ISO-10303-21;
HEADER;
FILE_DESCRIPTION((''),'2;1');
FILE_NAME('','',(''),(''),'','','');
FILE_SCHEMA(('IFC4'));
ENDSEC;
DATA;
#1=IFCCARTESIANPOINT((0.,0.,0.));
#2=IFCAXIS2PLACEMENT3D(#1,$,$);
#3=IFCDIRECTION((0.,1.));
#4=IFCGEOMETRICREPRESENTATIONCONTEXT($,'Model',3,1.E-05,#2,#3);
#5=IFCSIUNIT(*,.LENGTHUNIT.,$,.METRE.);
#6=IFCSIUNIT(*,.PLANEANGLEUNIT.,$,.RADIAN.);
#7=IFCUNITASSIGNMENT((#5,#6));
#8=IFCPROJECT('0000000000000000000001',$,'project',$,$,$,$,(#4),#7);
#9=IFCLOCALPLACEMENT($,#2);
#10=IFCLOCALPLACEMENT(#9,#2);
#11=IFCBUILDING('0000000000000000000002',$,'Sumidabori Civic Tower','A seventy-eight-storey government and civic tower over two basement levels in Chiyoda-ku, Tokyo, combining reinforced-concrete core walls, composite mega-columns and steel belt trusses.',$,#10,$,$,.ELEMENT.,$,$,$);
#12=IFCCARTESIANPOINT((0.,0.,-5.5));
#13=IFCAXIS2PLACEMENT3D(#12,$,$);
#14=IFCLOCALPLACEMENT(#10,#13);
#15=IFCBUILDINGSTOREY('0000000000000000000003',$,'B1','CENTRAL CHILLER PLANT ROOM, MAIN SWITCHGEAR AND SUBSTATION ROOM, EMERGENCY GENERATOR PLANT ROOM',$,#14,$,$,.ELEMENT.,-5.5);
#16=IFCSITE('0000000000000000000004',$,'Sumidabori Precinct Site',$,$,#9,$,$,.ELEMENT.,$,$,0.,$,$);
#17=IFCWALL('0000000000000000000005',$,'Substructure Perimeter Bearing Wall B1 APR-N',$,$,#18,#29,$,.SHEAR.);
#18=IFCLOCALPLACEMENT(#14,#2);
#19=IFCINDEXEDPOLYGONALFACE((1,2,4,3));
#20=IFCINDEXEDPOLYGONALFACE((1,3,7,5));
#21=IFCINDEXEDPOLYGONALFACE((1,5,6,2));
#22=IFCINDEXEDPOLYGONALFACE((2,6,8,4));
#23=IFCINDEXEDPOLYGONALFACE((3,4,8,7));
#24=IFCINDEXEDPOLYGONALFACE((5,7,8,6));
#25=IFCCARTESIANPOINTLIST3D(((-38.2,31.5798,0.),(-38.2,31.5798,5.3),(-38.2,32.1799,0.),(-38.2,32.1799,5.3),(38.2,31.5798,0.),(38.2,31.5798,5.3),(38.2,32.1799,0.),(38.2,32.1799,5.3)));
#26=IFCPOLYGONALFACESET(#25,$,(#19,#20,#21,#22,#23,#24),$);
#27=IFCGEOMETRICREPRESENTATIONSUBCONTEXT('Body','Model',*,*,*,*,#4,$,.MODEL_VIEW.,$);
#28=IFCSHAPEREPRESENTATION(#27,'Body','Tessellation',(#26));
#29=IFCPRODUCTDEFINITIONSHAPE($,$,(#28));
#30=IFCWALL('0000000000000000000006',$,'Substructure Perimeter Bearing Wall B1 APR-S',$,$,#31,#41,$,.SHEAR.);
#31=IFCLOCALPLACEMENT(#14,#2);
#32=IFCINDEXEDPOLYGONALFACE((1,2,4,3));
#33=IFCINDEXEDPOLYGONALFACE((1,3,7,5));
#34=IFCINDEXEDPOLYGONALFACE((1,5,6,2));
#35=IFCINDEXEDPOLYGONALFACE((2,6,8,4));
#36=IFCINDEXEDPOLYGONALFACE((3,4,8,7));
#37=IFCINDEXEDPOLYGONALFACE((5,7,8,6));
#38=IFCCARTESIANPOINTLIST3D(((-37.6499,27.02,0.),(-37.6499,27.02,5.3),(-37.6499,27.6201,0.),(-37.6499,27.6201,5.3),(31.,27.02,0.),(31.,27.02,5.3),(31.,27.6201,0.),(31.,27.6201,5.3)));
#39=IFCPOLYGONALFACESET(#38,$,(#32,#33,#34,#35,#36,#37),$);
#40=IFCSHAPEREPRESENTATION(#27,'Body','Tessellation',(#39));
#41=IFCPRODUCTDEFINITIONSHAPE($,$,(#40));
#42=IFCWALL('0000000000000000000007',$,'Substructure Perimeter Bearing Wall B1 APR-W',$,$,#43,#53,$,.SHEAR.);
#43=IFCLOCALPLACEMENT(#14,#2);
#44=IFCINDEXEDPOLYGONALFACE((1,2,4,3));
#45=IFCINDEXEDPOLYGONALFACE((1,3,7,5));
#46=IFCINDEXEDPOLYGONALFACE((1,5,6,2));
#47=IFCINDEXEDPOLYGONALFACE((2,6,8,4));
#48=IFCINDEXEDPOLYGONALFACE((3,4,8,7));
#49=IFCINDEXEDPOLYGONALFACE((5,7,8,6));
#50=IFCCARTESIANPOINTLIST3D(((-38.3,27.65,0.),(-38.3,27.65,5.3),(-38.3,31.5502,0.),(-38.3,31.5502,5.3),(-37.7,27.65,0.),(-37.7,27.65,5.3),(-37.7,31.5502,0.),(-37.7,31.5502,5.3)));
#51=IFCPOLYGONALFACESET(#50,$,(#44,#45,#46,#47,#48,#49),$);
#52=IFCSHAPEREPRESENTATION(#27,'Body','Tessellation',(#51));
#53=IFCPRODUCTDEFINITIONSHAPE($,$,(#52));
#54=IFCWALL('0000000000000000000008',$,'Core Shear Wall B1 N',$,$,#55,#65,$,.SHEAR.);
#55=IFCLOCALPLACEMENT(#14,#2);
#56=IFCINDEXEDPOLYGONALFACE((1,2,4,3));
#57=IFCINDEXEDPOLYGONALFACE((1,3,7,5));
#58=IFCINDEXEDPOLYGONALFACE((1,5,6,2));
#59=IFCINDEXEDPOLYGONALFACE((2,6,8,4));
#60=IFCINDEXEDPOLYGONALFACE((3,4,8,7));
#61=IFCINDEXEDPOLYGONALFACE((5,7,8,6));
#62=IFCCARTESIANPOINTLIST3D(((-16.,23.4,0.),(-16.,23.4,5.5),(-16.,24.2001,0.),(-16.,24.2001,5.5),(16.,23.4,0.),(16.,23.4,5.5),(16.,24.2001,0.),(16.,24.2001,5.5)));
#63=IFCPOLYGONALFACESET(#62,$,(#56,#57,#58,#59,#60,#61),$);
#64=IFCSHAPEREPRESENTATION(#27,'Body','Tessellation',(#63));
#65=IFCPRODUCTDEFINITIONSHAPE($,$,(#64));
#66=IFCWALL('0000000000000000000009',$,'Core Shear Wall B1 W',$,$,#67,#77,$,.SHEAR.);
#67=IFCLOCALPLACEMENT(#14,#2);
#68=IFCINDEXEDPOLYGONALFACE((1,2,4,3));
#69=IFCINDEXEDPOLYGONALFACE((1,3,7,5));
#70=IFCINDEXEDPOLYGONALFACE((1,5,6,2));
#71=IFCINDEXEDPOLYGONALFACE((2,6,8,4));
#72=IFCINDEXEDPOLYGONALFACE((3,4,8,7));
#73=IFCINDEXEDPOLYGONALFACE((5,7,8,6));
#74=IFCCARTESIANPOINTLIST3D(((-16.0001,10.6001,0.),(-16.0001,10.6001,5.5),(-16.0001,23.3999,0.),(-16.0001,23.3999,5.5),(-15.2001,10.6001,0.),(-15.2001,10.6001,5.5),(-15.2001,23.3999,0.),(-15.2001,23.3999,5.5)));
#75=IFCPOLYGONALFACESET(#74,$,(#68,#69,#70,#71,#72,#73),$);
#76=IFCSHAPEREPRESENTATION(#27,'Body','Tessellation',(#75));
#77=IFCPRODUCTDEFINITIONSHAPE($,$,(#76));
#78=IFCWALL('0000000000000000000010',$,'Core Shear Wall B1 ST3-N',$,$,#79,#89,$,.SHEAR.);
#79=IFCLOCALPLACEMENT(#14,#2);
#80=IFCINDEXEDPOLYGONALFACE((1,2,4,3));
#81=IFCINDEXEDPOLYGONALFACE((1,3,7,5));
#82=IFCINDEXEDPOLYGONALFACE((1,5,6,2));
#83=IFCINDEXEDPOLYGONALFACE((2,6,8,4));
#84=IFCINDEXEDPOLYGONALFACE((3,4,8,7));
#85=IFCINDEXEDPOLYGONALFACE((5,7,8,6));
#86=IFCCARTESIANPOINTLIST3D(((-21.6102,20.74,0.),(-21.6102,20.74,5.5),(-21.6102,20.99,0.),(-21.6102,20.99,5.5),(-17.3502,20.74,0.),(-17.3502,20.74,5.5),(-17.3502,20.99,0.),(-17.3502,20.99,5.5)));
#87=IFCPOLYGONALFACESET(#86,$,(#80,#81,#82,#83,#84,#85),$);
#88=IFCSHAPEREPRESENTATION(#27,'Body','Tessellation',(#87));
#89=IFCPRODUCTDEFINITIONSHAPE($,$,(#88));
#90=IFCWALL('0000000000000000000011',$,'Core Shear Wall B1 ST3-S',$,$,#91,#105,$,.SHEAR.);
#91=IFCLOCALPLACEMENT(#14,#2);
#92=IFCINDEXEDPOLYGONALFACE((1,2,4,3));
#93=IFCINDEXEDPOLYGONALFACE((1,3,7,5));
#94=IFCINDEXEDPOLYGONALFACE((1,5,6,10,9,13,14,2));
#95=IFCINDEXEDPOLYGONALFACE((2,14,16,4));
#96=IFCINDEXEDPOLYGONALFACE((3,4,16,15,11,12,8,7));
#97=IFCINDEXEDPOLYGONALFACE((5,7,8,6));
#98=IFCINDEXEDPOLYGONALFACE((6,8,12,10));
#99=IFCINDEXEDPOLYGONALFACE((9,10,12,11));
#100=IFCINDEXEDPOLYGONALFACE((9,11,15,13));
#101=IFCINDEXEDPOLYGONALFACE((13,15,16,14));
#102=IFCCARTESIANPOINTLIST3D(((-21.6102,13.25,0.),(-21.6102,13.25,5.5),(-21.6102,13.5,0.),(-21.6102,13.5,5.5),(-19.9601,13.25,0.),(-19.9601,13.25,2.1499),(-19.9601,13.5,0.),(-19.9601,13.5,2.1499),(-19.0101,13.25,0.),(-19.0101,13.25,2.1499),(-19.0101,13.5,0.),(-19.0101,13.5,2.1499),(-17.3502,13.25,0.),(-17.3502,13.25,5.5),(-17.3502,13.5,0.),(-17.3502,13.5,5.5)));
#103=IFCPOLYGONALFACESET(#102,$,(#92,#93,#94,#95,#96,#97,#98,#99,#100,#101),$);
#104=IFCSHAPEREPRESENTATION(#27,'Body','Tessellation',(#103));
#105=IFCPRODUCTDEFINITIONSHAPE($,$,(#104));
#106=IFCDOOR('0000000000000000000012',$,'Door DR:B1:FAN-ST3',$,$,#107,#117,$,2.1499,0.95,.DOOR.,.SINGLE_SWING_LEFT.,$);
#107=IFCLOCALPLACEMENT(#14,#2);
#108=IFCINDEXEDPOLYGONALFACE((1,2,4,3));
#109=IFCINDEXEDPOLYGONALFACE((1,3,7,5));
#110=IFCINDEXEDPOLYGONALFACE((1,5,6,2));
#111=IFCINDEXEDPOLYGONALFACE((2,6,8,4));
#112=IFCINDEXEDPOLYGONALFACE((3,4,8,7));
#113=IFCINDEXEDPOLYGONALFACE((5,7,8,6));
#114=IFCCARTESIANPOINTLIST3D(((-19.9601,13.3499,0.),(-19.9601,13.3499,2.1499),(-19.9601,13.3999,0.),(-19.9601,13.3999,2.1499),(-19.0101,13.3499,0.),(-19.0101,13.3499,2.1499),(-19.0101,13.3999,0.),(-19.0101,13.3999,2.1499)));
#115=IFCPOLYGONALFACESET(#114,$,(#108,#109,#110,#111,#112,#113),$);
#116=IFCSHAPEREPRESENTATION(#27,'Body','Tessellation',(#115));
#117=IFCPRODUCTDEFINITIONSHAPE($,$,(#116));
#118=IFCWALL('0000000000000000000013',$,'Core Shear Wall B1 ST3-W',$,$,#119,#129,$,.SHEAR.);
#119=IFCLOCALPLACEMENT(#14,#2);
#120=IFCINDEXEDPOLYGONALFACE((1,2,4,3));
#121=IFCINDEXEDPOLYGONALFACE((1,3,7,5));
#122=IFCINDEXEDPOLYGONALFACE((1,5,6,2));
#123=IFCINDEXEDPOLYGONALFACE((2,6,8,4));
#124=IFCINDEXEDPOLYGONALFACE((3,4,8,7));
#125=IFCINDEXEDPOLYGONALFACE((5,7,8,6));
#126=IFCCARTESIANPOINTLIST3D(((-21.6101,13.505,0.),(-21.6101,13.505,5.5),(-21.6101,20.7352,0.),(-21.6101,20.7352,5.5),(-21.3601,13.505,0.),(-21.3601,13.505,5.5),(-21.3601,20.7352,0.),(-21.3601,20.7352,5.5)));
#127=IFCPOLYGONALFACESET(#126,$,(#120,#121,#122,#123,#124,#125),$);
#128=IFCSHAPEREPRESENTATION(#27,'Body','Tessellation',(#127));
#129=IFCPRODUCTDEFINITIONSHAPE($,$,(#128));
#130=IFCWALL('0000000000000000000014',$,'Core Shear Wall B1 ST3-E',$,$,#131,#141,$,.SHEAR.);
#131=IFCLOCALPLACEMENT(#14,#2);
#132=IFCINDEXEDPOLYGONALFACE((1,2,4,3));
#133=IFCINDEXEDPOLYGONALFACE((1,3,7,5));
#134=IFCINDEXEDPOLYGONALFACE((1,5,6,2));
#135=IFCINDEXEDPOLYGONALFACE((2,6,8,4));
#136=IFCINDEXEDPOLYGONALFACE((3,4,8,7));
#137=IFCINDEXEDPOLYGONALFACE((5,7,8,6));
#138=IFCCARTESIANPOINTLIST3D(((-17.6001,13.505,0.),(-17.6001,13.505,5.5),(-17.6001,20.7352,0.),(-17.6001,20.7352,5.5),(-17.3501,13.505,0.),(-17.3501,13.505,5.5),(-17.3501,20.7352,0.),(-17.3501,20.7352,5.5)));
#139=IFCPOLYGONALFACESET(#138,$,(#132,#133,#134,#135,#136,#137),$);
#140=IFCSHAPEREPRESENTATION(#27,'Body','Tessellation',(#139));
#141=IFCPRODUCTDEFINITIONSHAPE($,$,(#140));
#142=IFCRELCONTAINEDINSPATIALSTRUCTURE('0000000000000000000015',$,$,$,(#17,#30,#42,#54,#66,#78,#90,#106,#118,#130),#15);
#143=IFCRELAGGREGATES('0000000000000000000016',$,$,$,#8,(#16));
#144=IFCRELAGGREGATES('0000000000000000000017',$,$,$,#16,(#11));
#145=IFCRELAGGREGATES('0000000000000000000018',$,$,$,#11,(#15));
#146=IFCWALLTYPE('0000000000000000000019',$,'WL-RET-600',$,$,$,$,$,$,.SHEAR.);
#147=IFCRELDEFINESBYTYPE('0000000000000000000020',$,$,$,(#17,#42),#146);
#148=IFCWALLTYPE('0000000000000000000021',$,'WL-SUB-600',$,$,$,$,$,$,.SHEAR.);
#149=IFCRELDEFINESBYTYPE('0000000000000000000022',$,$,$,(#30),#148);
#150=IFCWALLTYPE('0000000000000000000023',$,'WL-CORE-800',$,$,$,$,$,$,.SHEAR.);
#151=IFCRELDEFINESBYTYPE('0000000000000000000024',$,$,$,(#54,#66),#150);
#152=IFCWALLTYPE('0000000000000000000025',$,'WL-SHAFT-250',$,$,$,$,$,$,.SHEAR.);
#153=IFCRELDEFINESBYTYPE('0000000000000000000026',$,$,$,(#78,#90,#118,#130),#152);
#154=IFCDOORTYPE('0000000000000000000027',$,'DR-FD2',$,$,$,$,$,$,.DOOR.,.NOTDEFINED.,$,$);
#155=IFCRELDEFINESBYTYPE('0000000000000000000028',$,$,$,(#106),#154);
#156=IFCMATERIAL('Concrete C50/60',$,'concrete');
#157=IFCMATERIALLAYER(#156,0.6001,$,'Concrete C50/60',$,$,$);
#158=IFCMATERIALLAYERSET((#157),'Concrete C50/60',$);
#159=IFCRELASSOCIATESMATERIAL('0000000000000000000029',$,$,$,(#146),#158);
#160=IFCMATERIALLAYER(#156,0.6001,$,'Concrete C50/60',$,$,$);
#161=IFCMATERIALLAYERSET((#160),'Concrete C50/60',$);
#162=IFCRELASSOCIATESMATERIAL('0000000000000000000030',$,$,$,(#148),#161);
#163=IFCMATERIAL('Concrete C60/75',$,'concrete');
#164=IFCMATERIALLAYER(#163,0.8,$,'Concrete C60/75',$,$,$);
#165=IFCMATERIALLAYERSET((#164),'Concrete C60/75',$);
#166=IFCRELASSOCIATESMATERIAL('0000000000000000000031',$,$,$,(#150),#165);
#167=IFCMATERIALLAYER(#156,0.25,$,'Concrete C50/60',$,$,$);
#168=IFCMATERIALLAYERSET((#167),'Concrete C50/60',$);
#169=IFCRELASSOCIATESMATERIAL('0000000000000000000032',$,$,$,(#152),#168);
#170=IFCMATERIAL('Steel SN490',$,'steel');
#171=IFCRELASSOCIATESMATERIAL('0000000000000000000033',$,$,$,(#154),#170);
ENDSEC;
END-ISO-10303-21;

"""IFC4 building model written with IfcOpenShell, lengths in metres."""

from ifc_helpers import new_model, si_unit, direction, frame, frame_2d, origin, place, context, subcontext, project, spatial, rectangle, extrude, source, transform, mapped, material, layer, layer_set, type_object, element, fill, save


model = new_model("IFC4")

# Units and contexts
model_context = context("Model", 3, precision=1e-05, world=origin(), true_north=direction((0.0, 1.0)))
body_context = subcontext(model_context, "Body", "Model", "MODEL_VIEW")
ifc_project = project(units=[si_unit("LENGTHUNIT", "METRE"), si_unit("PLANEANGLEUNIT", "RADIAN")], contexts=[model_context])

# Site, building, storey
site_placement = place(None, origin())
site = spatial("IfcSite", under=ifc_project, at=site_placement, Name="Sumidabori Precinct Site", CompositionType="ELEMENT", RefElevation=0.0)
building_placement = place(site_placement, origin())
building = spatial("IfcBuilding", under=site, at=building_placement, Name="Sumidabori Civic Tower", Description="A seventy-eight-storey government and civic tower over two basement levels in Chiyoda-ku, Tokyo, combining reinforced-concrete core walls, composite mega-columns and steel belt trusses.", CompositionType="ELEMENT")
storey_placement = place(building_placement, frame((0.0, 0.0, -5.5)))
storey = spatial("IfcBuildingStorey", under=building, at=storey_placement, Name="B1", Description="CENTRAL CHILLER PLANT ROOM, MAIN SWITCHGEAR AND SUBSTATION ROOM, EMERGENCY GENERATOR PLANT ROOM", CompositionType="ELEMENT", Elevation=-5.5)

# Shared definitions
ifc_material_1 = material(Name="Concrete C60/75", Category="concrete")

# Shared definitions
ifc_material_2 = material(Name="Steel SN490", Category="steel")

# Walls
ifc_material_3 = material(Name="Concrete C50/60", Category="concrete")
ifc_layer_1 = layer(ifc_material_3, 0.6001, Name="Concrete C50/60")
ifc_layer_set_1 = layer_set([ifc_layer_1], Name="Concrete C50/60")
wall_type_1 = type_object("IfcWallType", Name="WL-RET-600", PredefinedType="SHEAR", material=ifc_layer_set_1)
shared_shape_1 = source(origin(), body_context, "Body", "SweptSolid", [
    extrude(rectangle(XDim=76.3999, YDim=0.6001, at=frame_2d((38.2, 0.0))), origin(), (0.0, 0.0, 1.0), 5.3),
])
wall_1_placement = place(storey_placement, frame((-38.2, 31.8799, 0.0), z_axis=(0.0, 0.0, 1.0), x_axis=(1.0, 0.0, 0.0)))
element("IfcWall", 1, at=wall_1_placement, inside=storey, type_object=wall_type_1, Name="Substructure Perimeter Bearing Wall B1 APR-N", PredefinedType="SHEAR", context=body_context, shape_type="MappedRepresentation", body=[
    mapped(shared_shape_1, transform((0.0, 0.0, 0.0), x_axis=(1.0, 0.0, 0.0), y_axis=(0.0, 1.0, 0.0), z_axis=(0.0, 0.0, 1.0), scale=1.0)),
])
ifc_layer_2 = layer(ifc_material_3, 0.6001, Name="Concrete C50/60")
ifc_layer_set_2 = layer_set([ifc_layer_2], Name="Concrete C50/60")
wall_type_2 = type_object("IfcWallType", Name="WL-SUB-600", PredefinedType="SHEAR", material=ifc_layer_set_2)
shared_shape_2 = source(origin(), body_context, "Body", "SweptSolid", [
    extrude(rectangle(XDim=68.6499, YDim=0.6001, at=frame_2d((34.325, 0.0))), origin(), (0.0, 0.0, 1.0), 5.3),
])
wall_2_placement = place(storey_placement, frame((-37.6499, 27.3201, 0.0), z_axis=(0.0, 0.0, 1.0), x_axis=(1.0, 0.0, 0.0)))
element("IfcWall", 2, at=wall_2_placement, inside=storey, type_object=wall_type_2, Name="Substructure Perimeter Bearing Wall B1 APR-S", PredefinedType="SHEAR", context=body_context, shape_type="MappedRepresentation", body=[
    mapped(shared_shape_2, transform((0.0, 0.0, 0.0), x_axis=(1.0, 0.0, 0.0), y_axis=(0.0, 1.0, 0.0), z_axis=(0.0, 0.0, 1.0), scale=1.0)),
])
shared_shape_3 = source(origin(), body_context, "Body", "SweptSolid", [
    extrude(rectangle(XDim=3.9001, YDim=0.6001, at=frame_2d((1.9502, 0.0))), origin(), (0.0, 0.0, 1.0), 5.3),
])
wall_3_placement = place(storey_placement, frame((-38.0, 27.6499, 0.0), z_axis=(0.0, 0.0, 1.0), x_axis=(0.0, 1.0, 0.0)))
element("IfcWall", 3, at=wall_3_placement, inside=storey, type_object=wall_type_1, Name="Substructure Perimeter Bearing Wall B1 APR-W", PredefinedType="SHEAR", context=body_context, shape_type="MappedRepresentation", body=[
    mapped(shared_shape_3, transform((0.0, 0.0, 0.0), x_axis=(1.0, 0.0, 0.0), y_axis=(0.0, 1.0, 0.0), z_axis=(0.0, 0.0, 1.0), scale=1.0)),
])
ifc_layer_3 = layer(ifc_material_1, 0.8, Name="Concrete C60/75")
ifc_layer_set_3 = layer_set([ifc_layer_3], Name="Concrete C60/75")
wall_type_3 = type_object("IfcWallType", Name="WL-CORE-800", PredefinedType="SHEAR", material=ifc_layer_set_3)
shared_shape_4 = source(origin(), body_context, "Body", "SweptSolid", [
    extrude(rectangle(XDim=32.0, YDim=0.8, at=frame_2d((16.0, 0.0))), origin(), (0.0, 0.0, 1.0), 5.5),
])
wall_4_placement = place(storey_placement, frame((-16.0, 23.8, 0.0), z_axis=(0.0, 0.0, 1.0), x_axis=(1.0, 0.0, 0.0)))
element("IfcWall", 4, at=wall_4_placement, inside=storey, type_object=wall_type_3, Name="Core Shear Wall B1 N", PredefinedType="SHEAR", context=body_context, shape_type="MappedRepresentation", body=[
    mapped(shared_shape_4, transform((0.0, 0.0, 0.0), x_axis=(1.0, 0.0, 0.0), y_axis=(0.0, 1.0, 0.0), z_axis=(0.0, 0.0, 1.0), scale=1.0)),
])

# Walls
shared_shape_5 = source(origin(), body_context, "Body", "SweptSolid", [
    extrude(rectangle(XDim=12.7998, YDim=0.8, at=frame_2d((6.3999, 0.0))), origin(), (0.0, 0.0, 1.0), 5.5),
])
wall_5_placement = place(storey_placement, frame((-15.6001, 10.6001, 0.0), z_axis=(0.0, 0.0, 1.0), x_axis=(0.0, 1.0, 0.0)))
element("IfcWall", 5, at=wall_5_placement, inside=storey, type_object=wall_type_3, Name="Core Shear Wall B1 W", PredefinedType="SHEAR", context=body_context, shape_type="MappedRepresentation", body=[
    mapped(shared_shape_5, transform((0.0, 0.0, 0.0), x_axis=(1.0, 0.0, 0.0), y_axis=(0.0, 1.0, 0.0), z_axis=(0.0, 0.0, 1.0), scale=1.0)),
])
ifc_layer_4 = layer(ifc_material_3, 0.25, Name="Concrete C50/60")
ifc_layer_set_4 = layer_set([ifc_layer_4], Name="Concrete C50/60")
wall_type_4 = type_object("IfcWallType", Name="WL-SHAFT-250", PredefinedType="SHEAR", material=ifc_layer_set_4)
shared_shape_6 = source(origin(), body_context, "Body", "SweptSolid", [
    extrude(rectangle(XDim=4.26, YDim=0.25, at=frame_2d((2.1299, 0.0))), origin(), (0.0, 0.0, 1.0), 5.5),
])
wall_6_placement = place(storey_placement, frame((-21.6101, 20.865, 0.0), z_axis=(0.0, 0.0, 1.0), x_axis=(1.0, 0.0, 0.0)))
element("IfcWall", 6, at=wall_6_placement, inside=storey, type_object=wall_type_4, Name="Core Shear Wall B1 ST3-N", PredefinedType="SHEAR", context=body_context, shape_type="MappedRepresentation", body=[
    mapped(shared_shape_6, transform((0.0, 0.0, 0.0), x_axis=(1.0, 0.0, 0.0), y_axis=(0.0, 1.0, 0.0), z_axis=(0.0, 0.0, 1.0), scale=1.0)),
])

# Wall, opening, door
wall_7_placement = place(storey_placement, frame((-21.6101, 13.375, 0.0), z_axis=(0.0, 0.0, 1.0), x_axis=(1.0, 0.0, 0.0)))
wall_7 = element("IfcWall", 7, at=wall_7_placement, inside=storey, type_object=wall_type_4, Name="Core Shear Wall B1 ST3-S", PredefinedType="SHEAR", context=body_context, shape_type="MappedRepresentation", body=[
    mapped(shared_shape_6, transform((0.0, 0.0, 0.0), x_axis=(1.0, 0.0, 0.0), y_axis=(0.0, 1.0, 0.0), z_axis=(0.0, 0.0, 1.0), scale=1.0)),
])
opening_1_placement = place(wall_7_placement, frame((1.6499, 0.0, 0.0)))
opening_1 = element("IfcOpeningElement", 8, at=opening_1_placement, cuts=wall_7, PredefinedType="OPENING", context=body_context, shape_type="SweptSolid", body=[
    extrude(rectangle(XDim=0.95, YDim=2.1499, at=frame_2d((0.4751, 1.075))), frame((0.0, 0.137, 0.0), z_axis=(0.0, -1.0, 0.0), x_axis=(1.0, 0.0, 0.0)), (0.0, 0.0, 1.0), 0.2739),
])
door_type_1 = type_object("IfcDoorType", Name="DR-FD2", OperationType="NOTDEFINED", PredefinedType="DOOR", material=ifc_material_2)
shared_shape_7 = source(origin(), body_context, "Body", "SweptSolid", [
    extrude(rectangle(XDim=0.95, YDim=2.1499, at=frame_2d((0.4751, 1.075))), frame((0.0, 0.0249, 0.0), z_axis=(0.0, -1.0, 0.0), x_axis=(1.0, 0.0, 0.0)), (0.0, 0.0, 1.0), 0.05),
])
door_1_placement = place(opening_1_placement, origin())
door_1 = element("IfcDoor", 9, at=door_1_placement, inside=storey, type_object=door_type_1, Name="Door DR:B1:FAN-ST3", OperationType="SINGLE_SWING_LEFT", OverallHeight=2.1499, OverallWidth=0.95, PredefinedType="DOOR", context=body_context, shape_type="MappedRepresentation", body=[
    mapped(shared_shape_7, transform((0.0, 0.0, 0.0), x_axis=(1.0, 0.0, 0.0), y_axis=(0.0, 1.0, 0.0), z_axis=(0.0, 0.0, 1.0), scale=1.0)),
])
fill(opening_1, door_1)

# Walls
shared_shape_8 = source(origin(), body_context, "Body", "SweptSolid", [
    extrude(rectangle(XDim=7.2302, YDim=0.25, at=frame_2d((3.6152, 0.0))), origin(), (0.0, 0.0, 1.0), 5.5),
])
for number, where, z_axis, x_axis, name in (
    (10, (-21.4851, 13.5049, 0.0), (0.0, 0.0, 1.0), (0.0, 1.0, 0.0), "Core Shear Wall B1 ST3-W"),
    (11, (-17.4751, 13.5049, 0.0), (0.0, 0.0, 1.0), (0.0, 1.0, 0.0), "Core Shear Wall B1 ST3-E"),
):
    element("IfcWall", number, at=place(storey_placement, frame(where, z_axis=z_axis, x_axis=x_axis)), inside=storey, type_object=wall_type_4, Name=name, PredefinedType="SHEAR", context=body_context, shape_type="MappedRepresentation", body=[
        mapped(shared_shape_8, transform((0.0, 0.0, 0.0), x_axis=(1.0, 0.0, 0.0), y_axis=(0.0, 1.0, 0.0), z_axis=(0.0, 0.0, 1.0), scale=1.0)),
    ])

save(model, "model.ifc")
